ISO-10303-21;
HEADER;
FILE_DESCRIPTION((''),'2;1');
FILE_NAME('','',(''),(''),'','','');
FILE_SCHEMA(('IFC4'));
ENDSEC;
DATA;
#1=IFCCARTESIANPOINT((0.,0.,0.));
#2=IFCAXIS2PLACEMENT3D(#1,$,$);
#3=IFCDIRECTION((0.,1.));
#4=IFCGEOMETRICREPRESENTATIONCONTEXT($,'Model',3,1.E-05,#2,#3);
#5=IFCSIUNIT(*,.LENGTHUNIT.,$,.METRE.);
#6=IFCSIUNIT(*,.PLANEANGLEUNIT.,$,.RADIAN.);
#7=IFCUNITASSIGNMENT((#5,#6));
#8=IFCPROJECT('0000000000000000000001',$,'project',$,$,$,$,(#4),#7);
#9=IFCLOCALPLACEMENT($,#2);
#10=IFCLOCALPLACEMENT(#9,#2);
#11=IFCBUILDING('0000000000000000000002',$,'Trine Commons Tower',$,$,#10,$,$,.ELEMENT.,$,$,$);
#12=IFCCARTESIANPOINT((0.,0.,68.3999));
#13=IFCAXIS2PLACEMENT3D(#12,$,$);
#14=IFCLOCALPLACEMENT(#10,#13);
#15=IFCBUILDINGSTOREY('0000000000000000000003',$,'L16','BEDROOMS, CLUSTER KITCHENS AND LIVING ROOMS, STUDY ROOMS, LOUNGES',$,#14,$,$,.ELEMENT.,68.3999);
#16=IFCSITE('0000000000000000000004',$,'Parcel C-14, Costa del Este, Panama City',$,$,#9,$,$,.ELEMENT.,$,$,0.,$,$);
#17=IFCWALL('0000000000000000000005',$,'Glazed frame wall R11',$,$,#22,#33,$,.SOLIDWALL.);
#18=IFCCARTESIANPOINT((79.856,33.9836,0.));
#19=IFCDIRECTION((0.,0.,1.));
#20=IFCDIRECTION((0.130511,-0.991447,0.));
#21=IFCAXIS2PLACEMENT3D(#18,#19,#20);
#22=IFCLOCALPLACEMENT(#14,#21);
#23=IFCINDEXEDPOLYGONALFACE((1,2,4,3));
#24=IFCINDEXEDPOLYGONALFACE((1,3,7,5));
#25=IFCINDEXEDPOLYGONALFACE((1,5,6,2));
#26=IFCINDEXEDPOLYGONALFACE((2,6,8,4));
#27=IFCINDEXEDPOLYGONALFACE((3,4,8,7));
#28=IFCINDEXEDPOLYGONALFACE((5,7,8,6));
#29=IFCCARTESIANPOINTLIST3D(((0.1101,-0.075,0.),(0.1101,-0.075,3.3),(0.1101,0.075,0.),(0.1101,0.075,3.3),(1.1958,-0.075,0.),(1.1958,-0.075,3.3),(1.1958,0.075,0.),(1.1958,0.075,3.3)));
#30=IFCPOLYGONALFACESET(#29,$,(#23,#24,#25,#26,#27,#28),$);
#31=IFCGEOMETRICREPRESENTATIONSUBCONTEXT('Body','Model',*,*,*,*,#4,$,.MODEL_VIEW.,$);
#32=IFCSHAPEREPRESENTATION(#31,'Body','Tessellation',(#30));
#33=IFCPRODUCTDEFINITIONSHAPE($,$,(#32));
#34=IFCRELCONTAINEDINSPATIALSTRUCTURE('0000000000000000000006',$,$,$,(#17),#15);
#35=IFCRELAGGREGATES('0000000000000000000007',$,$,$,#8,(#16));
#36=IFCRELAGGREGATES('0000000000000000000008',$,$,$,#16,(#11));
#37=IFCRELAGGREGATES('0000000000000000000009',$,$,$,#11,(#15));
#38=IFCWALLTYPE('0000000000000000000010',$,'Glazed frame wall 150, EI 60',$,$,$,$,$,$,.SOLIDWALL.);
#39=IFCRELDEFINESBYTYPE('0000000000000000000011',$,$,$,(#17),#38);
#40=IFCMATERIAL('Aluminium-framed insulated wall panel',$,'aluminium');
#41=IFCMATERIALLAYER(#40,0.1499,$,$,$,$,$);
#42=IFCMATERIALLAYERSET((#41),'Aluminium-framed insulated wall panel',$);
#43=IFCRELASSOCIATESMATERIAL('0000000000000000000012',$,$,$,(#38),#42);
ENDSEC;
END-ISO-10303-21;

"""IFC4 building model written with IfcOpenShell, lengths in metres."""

from ifc_helpers import new_model, si_unit, direction, frame, origin, place, context, subcontext, project, spatial, polyline, outline, extrude, material, layer, layer_set, type_object, element, save


model = new_model("IFC4")

# Units and contexts
model_context = context("Model", 3, precision=1e-05, world=origin(), true_north=direction((0.0, 1.0)))
body_context = subcontext(model_context, "Body", "Model", "MODEL_VIEW")
ifc_project = project(units=[si_unit("LENGTHUNIT", "METRE"), si_unit("PLANEANGLEUNIT", "RADIAN")], contexts=[model_context])

# Site, building, storey
site_placement = place(None, origin())
site = spatial("IfcSite", under=ifc_project, at=site_placement, Name="Parcel C-14, Costa del Este, Panama City", CompositionType="ELEMENT", RefElevation=0.0)
building_placement = place(site_placement, origin())
building = spatial("IfcBuilding", under=site, at=building_placement, Name="Trine Commons Tower", CompositionType="ELEMENT")
storey_placement = place(building_placement, frame((0.0, 0.0, 68.3999)))
storey = spatial("IfcBuildingStorey", under=building, at=storey_placement, Name="L16", Description="BEDROOMS, CLUSTER KITCHENS AND LIVING ROOMS, STUDY ROOMS, LOUNGES", CompositionType="ELEMENT", Elevation=68.3999)

# Shared definitions
ifc_material_1 = material(Name="Aluminium-framed insulated wall panel", Category="aluminium")
ifc_layer_1 = layer(ifc_material_1, 0.1499)
ifc_layer_set_1 = layer_set([ifc_layer_1], Name="Aluminium-framed insulated wall panel")
wall_type_1 = type_object("IfcWallType", Name="Glazed frame wall 150, EI 60", PredefinedType="SOLIDWALL", material=ifc_layer_set_1)

# Wall
wall_1_placement = place(storey_placement, frame((79.856, 33.9836, 0.0), z_axis=(0.0, 0.0, 1.0), x_axis=(0.130511, -0.991447, 0.0)))
element("IfcWall", 1, at=wall_1_placement, inside=storey, type_object=wall_type_1, Name="Glazed frame wall R11", PredefinedType="SOLIDWALL", context=body_context, shape_type="SweptSolid", body=[
    extrude(outline(polyline([(0.1101, 0.075), (0.1101, -0.075), (1.1958, -0.075), (1.1958, 0.075), (0.1101, 0.075)])), origin(), (0.0, 0.0, 1.0), 3.3),
])

save(model, "model.ifc")
